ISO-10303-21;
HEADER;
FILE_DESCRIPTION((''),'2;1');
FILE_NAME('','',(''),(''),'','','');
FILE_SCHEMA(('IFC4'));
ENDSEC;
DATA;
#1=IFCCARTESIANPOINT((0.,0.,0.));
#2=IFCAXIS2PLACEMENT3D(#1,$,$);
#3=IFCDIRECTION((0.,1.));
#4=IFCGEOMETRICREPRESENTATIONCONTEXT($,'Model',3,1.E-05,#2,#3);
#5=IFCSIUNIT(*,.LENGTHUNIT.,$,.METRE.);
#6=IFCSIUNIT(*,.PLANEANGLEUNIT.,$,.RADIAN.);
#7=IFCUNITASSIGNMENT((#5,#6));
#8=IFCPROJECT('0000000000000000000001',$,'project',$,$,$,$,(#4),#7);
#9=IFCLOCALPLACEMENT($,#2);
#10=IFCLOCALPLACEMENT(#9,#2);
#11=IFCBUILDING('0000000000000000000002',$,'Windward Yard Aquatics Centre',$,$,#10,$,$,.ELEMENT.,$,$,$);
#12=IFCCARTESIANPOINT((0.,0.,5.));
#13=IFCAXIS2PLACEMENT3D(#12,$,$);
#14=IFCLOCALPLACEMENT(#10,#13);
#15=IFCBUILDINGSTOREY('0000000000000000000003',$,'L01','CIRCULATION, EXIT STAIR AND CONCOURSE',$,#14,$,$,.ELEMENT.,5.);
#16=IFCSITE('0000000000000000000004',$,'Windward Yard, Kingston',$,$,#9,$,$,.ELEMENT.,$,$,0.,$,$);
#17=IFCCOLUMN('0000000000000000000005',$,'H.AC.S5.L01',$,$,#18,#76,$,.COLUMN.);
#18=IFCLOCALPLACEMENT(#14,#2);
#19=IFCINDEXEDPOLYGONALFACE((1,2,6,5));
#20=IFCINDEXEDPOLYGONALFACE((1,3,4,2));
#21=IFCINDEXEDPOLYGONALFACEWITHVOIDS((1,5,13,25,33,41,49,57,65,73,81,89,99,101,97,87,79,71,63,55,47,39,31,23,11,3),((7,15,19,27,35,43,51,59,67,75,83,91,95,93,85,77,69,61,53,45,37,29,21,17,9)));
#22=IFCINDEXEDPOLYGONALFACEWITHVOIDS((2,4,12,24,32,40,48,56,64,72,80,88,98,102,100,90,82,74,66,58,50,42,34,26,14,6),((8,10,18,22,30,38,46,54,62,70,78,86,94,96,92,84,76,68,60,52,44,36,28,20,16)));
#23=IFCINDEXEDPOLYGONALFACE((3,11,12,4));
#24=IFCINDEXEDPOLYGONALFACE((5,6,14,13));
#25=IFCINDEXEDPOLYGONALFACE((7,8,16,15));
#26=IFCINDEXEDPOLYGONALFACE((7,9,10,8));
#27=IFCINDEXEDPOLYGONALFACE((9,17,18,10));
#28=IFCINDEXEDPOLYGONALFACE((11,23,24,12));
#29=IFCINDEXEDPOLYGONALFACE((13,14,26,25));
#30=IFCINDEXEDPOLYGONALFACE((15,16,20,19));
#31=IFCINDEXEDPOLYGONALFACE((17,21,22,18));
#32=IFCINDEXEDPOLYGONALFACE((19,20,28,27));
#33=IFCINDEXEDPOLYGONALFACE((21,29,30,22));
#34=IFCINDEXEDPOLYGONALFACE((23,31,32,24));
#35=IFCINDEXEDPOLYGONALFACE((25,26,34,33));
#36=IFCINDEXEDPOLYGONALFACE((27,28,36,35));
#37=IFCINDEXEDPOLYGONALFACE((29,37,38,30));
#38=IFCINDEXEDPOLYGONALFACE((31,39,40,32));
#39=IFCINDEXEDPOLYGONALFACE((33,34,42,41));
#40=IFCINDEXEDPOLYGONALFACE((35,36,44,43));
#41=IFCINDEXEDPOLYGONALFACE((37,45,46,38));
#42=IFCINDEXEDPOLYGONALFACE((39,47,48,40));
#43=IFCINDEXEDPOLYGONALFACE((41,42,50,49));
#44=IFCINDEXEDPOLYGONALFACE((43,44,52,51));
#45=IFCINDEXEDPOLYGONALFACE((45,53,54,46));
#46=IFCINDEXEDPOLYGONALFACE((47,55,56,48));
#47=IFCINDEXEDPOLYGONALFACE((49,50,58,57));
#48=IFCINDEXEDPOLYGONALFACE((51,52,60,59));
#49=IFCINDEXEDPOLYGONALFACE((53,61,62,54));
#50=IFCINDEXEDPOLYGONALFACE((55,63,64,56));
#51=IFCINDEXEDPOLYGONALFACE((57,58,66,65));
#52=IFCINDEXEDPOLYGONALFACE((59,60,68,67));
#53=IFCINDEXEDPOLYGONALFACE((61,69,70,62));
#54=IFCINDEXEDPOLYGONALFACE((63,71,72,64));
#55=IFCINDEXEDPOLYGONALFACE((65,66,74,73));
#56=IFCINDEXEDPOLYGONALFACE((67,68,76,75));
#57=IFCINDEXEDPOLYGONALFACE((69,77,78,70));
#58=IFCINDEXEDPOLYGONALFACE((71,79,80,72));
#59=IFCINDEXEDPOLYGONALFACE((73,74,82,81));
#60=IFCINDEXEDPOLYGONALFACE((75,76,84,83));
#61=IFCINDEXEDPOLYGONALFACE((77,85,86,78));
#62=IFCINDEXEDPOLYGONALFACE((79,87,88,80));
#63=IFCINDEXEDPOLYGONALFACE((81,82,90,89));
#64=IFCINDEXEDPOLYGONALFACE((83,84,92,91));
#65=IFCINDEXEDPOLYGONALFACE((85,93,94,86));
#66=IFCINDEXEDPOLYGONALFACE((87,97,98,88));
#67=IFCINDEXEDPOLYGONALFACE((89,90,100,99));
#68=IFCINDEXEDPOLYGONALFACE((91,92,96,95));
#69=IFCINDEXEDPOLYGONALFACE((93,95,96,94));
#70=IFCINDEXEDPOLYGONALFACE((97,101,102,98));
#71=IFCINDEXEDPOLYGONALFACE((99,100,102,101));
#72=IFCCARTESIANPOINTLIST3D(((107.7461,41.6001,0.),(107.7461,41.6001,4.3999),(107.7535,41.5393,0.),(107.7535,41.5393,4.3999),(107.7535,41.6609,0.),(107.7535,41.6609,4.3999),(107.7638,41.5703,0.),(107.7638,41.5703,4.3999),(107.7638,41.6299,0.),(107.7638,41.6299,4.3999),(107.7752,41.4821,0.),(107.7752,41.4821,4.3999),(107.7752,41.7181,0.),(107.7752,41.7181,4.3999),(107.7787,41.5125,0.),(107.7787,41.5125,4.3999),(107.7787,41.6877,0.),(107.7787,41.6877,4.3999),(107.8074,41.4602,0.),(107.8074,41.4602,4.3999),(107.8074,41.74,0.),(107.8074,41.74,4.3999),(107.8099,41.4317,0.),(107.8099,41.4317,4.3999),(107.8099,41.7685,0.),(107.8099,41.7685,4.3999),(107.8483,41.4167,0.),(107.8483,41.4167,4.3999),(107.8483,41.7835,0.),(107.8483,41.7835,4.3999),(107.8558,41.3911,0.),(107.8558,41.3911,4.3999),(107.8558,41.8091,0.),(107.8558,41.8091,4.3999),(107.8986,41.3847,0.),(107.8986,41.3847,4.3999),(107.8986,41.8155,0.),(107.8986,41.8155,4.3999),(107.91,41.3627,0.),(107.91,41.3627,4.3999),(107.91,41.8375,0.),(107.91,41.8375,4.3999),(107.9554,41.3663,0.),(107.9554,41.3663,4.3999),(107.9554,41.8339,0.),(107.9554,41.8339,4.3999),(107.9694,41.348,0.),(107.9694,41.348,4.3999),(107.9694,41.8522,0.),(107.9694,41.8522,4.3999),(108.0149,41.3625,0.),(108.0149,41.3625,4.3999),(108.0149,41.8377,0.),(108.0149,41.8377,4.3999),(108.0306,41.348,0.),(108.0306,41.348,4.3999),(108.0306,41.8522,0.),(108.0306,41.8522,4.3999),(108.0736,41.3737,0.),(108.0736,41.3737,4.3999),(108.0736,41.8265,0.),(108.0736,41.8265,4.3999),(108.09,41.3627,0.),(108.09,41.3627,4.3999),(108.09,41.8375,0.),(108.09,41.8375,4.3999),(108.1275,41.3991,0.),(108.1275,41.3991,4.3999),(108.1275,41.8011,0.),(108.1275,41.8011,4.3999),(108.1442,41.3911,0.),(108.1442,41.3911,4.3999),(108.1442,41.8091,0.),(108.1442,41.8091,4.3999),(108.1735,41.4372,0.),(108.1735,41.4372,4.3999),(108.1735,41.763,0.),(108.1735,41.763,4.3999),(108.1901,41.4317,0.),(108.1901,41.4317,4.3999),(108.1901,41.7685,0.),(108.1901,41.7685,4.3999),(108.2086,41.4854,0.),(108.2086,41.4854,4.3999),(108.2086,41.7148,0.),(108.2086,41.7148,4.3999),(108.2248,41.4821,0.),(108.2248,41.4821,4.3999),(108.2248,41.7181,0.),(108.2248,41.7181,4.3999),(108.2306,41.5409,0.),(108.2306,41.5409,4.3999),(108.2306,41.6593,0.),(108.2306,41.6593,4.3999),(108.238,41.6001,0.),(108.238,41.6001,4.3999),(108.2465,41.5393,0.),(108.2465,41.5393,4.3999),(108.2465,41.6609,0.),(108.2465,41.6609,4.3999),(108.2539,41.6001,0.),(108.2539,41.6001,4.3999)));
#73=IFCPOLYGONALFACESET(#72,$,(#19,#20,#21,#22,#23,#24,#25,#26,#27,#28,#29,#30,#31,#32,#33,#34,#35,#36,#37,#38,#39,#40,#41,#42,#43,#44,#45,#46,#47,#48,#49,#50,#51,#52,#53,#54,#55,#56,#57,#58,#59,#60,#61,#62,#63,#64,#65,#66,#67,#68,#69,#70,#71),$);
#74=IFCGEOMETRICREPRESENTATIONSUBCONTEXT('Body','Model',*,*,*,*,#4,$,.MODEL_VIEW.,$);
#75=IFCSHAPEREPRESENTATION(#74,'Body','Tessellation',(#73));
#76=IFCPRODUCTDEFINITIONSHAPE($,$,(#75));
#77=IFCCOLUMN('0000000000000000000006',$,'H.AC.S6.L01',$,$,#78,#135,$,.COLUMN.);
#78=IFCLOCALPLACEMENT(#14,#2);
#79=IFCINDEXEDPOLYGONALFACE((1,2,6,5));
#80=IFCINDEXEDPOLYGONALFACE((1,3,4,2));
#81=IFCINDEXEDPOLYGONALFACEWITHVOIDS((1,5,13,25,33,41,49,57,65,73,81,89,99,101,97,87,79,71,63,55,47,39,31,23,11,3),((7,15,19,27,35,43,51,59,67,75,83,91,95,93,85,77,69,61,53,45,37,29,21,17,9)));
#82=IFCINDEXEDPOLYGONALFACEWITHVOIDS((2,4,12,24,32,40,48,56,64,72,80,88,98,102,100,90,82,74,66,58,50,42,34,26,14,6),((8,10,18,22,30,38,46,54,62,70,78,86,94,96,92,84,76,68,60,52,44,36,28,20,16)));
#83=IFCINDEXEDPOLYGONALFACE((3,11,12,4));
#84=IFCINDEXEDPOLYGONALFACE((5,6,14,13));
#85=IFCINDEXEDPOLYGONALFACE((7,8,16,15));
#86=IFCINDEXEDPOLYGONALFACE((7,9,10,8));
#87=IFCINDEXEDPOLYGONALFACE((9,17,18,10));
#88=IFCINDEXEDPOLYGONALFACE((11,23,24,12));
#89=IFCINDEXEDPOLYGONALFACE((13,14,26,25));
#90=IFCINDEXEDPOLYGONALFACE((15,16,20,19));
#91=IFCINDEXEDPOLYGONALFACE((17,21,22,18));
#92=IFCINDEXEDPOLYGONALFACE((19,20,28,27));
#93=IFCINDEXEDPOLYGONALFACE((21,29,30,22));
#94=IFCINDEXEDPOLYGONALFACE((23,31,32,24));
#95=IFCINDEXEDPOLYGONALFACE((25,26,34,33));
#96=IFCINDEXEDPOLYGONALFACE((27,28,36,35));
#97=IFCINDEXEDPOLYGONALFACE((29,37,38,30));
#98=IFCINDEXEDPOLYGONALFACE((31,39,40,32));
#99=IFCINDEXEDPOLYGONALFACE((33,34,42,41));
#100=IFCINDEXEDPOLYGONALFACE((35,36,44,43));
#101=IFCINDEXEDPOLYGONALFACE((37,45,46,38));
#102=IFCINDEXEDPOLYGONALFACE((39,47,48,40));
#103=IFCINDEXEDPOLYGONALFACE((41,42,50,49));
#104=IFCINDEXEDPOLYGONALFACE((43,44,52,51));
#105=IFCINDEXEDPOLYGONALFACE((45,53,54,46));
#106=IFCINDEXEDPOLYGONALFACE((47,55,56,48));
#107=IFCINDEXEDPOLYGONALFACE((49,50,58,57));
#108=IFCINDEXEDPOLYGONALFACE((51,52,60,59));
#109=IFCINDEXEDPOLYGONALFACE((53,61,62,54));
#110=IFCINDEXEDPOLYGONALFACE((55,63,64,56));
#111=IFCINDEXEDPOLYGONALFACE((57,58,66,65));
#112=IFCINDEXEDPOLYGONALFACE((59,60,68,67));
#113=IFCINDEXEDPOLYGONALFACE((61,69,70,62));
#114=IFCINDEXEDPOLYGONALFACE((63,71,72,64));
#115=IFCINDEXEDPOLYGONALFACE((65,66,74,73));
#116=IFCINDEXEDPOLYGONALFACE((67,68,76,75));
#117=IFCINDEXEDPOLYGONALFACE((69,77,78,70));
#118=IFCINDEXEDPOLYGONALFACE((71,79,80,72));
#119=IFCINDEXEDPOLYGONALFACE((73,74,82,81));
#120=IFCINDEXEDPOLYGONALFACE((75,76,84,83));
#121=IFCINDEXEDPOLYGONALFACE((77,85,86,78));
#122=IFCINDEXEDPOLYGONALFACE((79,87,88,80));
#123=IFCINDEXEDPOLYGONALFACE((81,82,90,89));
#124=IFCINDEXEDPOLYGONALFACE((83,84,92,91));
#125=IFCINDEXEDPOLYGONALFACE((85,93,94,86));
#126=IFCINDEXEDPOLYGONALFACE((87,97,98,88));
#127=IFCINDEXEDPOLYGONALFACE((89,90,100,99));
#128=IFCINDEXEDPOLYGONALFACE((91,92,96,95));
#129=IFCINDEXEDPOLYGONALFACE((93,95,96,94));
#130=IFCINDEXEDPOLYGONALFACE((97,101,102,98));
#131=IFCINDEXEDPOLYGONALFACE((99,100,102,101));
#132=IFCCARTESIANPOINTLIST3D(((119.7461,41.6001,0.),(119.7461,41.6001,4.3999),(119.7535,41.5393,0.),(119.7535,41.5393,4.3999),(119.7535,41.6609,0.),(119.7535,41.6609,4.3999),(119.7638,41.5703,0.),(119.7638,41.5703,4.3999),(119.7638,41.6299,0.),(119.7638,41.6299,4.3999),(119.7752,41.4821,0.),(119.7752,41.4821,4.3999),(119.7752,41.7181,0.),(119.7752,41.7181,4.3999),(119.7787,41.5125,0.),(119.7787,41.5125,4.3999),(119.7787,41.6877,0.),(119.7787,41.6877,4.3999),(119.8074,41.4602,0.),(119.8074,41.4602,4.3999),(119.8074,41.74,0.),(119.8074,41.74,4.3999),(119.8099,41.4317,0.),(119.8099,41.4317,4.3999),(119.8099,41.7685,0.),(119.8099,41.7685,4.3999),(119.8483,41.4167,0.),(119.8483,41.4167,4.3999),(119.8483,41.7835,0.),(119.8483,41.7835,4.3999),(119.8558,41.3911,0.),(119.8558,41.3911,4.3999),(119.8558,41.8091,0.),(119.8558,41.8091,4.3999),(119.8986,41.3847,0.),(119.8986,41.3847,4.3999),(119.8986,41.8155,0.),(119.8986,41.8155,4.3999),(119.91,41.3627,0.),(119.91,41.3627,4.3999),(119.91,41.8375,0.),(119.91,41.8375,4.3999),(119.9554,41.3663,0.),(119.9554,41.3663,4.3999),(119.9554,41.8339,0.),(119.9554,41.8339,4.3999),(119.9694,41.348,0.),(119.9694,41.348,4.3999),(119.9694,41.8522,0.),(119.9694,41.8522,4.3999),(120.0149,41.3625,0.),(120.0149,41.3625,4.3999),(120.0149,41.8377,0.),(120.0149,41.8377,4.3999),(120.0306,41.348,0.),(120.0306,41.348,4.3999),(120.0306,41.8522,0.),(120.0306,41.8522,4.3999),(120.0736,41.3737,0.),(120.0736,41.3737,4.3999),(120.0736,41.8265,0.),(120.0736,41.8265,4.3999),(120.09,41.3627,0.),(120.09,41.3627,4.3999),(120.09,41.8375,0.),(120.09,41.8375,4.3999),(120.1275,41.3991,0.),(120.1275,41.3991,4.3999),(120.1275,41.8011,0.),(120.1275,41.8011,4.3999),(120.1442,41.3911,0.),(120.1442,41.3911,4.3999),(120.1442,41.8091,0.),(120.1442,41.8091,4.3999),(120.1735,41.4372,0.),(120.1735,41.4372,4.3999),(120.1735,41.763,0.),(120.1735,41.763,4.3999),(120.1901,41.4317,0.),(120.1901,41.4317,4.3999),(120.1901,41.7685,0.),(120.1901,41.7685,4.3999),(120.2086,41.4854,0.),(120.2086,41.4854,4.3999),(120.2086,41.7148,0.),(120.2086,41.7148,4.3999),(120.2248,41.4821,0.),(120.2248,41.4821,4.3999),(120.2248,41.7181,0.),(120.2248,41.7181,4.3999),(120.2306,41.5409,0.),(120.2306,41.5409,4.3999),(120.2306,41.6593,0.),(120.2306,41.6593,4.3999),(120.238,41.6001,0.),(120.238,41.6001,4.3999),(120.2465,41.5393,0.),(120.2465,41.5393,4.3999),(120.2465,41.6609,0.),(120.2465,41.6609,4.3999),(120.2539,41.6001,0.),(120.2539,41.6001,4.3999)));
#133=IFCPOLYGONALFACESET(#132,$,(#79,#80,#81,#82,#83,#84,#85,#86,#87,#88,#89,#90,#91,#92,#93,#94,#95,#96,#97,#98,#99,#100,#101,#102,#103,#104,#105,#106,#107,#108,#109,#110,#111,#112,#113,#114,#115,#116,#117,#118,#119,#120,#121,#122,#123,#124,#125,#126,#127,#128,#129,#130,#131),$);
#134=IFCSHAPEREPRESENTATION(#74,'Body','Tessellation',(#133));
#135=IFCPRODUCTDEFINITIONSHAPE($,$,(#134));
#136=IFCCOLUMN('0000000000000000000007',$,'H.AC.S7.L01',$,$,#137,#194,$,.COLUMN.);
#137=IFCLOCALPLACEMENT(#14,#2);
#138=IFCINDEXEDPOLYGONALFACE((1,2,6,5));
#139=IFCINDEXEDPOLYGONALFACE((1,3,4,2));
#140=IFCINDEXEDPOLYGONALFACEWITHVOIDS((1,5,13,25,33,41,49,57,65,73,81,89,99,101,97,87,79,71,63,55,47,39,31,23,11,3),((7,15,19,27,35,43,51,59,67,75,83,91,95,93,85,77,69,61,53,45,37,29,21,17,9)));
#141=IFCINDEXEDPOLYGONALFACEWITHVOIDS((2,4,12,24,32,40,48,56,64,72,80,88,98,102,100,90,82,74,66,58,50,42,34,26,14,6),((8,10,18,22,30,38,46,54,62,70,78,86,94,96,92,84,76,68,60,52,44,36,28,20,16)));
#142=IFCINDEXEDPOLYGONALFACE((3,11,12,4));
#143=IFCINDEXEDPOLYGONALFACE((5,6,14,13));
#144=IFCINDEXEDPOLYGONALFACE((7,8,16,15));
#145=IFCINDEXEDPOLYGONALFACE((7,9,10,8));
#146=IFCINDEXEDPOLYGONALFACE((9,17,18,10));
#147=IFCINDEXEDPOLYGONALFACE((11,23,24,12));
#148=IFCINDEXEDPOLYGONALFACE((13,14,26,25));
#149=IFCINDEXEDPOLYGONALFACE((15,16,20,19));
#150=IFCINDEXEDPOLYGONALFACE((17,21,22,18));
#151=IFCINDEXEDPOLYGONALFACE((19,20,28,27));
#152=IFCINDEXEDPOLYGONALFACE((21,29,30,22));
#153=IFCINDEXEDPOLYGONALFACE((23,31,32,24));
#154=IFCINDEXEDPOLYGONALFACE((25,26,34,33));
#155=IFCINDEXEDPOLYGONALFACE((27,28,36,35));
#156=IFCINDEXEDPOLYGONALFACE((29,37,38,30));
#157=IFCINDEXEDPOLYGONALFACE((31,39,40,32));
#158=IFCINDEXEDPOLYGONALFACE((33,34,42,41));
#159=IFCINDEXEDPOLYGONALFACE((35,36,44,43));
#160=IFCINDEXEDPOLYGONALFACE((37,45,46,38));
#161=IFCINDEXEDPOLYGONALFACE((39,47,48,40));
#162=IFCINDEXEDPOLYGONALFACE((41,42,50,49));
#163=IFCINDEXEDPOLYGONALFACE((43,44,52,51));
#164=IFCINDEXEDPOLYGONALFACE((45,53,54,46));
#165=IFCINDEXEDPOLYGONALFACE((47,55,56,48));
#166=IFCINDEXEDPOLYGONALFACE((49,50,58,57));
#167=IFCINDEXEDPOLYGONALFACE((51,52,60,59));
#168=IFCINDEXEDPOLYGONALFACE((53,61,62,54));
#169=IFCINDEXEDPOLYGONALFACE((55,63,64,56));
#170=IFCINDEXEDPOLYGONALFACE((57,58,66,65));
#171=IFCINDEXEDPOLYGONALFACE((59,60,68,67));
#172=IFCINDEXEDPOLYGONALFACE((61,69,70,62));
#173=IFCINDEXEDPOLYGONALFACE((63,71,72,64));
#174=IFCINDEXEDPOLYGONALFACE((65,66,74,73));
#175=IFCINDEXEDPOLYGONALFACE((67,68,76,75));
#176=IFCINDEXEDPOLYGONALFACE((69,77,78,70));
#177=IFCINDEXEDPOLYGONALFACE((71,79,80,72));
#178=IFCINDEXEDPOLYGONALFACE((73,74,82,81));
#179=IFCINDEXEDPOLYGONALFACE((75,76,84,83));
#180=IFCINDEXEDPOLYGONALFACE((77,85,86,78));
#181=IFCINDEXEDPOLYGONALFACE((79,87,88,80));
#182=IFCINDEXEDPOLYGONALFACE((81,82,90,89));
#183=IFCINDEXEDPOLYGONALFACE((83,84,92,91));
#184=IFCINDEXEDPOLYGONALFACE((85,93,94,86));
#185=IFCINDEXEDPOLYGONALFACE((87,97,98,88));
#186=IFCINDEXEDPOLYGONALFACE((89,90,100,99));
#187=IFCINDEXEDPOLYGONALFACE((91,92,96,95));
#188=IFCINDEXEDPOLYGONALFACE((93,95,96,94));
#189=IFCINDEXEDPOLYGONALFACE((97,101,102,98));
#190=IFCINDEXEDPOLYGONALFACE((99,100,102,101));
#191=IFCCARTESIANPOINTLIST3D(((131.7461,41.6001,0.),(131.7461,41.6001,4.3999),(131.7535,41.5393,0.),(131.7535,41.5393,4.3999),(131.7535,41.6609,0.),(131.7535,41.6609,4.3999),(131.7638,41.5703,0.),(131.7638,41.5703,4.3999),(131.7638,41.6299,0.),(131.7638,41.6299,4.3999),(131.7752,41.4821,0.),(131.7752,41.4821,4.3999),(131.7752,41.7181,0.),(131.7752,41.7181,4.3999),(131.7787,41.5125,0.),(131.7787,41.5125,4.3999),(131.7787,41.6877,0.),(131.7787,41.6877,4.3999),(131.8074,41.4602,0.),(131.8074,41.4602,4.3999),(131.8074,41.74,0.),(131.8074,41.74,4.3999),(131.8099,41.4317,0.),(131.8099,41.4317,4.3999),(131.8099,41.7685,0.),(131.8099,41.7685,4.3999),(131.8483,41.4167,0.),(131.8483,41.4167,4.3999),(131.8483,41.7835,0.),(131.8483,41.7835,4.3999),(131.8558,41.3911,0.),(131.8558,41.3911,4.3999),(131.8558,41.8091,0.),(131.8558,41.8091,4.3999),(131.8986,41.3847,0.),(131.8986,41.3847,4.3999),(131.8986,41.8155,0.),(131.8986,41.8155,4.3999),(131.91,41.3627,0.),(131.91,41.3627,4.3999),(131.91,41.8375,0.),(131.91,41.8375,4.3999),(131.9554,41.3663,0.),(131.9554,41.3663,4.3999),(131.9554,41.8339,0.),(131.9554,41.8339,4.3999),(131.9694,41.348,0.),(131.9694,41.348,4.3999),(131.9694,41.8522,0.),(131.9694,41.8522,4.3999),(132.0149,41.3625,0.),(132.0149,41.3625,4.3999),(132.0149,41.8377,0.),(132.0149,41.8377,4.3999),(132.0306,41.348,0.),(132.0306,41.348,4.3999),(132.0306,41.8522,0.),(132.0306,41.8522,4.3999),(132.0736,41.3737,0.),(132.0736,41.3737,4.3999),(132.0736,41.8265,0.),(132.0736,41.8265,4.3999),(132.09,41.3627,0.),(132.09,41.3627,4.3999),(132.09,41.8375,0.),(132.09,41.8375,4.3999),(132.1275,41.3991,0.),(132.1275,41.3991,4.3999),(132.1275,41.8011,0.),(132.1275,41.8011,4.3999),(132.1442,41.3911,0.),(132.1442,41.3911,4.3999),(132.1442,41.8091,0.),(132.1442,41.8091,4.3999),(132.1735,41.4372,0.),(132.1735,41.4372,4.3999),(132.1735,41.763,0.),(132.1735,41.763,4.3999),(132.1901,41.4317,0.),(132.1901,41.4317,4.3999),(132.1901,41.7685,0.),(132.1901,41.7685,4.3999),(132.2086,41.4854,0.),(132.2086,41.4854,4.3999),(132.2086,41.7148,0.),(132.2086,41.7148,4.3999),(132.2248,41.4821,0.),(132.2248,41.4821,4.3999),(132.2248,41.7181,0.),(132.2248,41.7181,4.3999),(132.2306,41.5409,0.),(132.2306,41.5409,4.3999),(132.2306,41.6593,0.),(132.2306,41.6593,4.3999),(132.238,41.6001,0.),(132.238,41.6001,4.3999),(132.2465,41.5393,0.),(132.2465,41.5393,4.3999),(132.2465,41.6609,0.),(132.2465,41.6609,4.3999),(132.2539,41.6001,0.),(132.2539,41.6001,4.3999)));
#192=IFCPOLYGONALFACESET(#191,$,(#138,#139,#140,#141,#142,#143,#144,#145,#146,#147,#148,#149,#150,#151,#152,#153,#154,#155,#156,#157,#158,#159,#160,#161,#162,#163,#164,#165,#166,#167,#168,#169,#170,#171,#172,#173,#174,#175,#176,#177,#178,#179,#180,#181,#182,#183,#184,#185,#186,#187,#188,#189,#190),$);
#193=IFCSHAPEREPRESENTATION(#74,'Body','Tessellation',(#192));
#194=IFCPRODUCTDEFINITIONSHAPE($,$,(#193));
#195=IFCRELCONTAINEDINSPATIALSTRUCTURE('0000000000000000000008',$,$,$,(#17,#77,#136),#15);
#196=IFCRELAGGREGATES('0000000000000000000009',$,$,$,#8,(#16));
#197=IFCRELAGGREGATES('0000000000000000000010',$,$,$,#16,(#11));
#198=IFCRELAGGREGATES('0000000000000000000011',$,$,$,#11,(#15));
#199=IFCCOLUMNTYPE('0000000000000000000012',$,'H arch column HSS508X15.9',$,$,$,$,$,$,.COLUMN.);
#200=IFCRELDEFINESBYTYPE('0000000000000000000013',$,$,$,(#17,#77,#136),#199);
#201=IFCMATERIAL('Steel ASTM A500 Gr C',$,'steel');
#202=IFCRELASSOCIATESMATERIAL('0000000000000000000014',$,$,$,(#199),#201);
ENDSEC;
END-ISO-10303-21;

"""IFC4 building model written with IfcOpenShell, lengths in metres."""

from ifc_helpers import new_model, si_unit, direction, frame, origin, origin_2d, place, context, subcontext, project, spatial, hollow_circle, extrude, material, material_profile, profile_set, type_object, element, save


model = new_model("IFC4")

# Units and contexts
model_context = context("Model", 3, precision=1e-05, world=origin(), true_north=direction((0.0, 1.0)))
body_context = subcontext(model_context, "Body", "Model", "MODEL_VIEW")
ifc_project = project(units=[si_unit("LENGTHUNIT", "METRE"), si_unit("PLANEANGLEUNIT", "RADIAN")], contexts=[model_context])

# Site, building, storey
site_placement = place(None, origin())
site = spatial("IfcSite", under=ifc_project, at=site_placement, Name="Windward Yard, Kingston", CompositionType="ELEMENT", RefElevation=0.0)
building_placement = place(site_placement, origin())
building = spatial("IfcBuilding", under=site, at=building_placement, Name="Windward Yard Aquatics Centre", CompositionType="ELEMENT")
storey_placement = place(building_placement, frame((0.0, 0.0, 5.0)))
storey = spatial("IfcBuildingStorey", under=building, at=storey_placement, Name="L01", Description="CIRCULATION, EXIT STAIR AND CONCOURSE", CompositionType="ELEMENT", Elevation=5.0)

# Columns
ifc_material_1 = material(Name="Steel ASTM A500 Gr C", Category="steel")
ifc_material_profile_1 = material_profile(ifc_material_1, hollow_circle(Radius=0.2539, WallThickness=0.0159, at=origin_2d()), Name="HSS508X15.9")
ifc_profile_set_1 = profile_set([ifc_material_profile_1], Name="Steel ASTM A500 Gr C")
column_type_1 = type_object("IfcColumnType", Name="H arch column HSS508X15.9", PredefinedType="COLUMN", material=ifc_profile_set_1)
for number, where, z_axis, x_axis, name in (
    (1, (108.0, 41.6001, 0.0), (0.0, 0.0, 1.0), (1.0, 0.0, 0.0), "H.AC.S5.L01"),
    (2, (120.0, 41.6001, 0.0), (0.0, 0.0, 1.0), (1.0, 0.0, 0.0), "H.AC.S6.L01"),
    (3, (132.0, 41.6001, 0.0), (0.0, 0.0, 1.0), (1.0, 0.0, 0.0), "H.AC.S7.L01"),
):
    element("IfcColumn", number, at=place(storey_placement, frame(where, z_axis=z_axis, x_axis=x_axis)), inside=storey, type_object=column_type_1, Name=name, PredefinedType="COLUMN", context=body_context, shape_type="SweptSolid", body=[
        extrude(hollow_circle(Radius=0.2539, WallThickness=0.0159, at=origin_2d()), origin(), (0.0, 0.0, 1.0), 4.3999),
    ])

save(model, "model.ifc")
